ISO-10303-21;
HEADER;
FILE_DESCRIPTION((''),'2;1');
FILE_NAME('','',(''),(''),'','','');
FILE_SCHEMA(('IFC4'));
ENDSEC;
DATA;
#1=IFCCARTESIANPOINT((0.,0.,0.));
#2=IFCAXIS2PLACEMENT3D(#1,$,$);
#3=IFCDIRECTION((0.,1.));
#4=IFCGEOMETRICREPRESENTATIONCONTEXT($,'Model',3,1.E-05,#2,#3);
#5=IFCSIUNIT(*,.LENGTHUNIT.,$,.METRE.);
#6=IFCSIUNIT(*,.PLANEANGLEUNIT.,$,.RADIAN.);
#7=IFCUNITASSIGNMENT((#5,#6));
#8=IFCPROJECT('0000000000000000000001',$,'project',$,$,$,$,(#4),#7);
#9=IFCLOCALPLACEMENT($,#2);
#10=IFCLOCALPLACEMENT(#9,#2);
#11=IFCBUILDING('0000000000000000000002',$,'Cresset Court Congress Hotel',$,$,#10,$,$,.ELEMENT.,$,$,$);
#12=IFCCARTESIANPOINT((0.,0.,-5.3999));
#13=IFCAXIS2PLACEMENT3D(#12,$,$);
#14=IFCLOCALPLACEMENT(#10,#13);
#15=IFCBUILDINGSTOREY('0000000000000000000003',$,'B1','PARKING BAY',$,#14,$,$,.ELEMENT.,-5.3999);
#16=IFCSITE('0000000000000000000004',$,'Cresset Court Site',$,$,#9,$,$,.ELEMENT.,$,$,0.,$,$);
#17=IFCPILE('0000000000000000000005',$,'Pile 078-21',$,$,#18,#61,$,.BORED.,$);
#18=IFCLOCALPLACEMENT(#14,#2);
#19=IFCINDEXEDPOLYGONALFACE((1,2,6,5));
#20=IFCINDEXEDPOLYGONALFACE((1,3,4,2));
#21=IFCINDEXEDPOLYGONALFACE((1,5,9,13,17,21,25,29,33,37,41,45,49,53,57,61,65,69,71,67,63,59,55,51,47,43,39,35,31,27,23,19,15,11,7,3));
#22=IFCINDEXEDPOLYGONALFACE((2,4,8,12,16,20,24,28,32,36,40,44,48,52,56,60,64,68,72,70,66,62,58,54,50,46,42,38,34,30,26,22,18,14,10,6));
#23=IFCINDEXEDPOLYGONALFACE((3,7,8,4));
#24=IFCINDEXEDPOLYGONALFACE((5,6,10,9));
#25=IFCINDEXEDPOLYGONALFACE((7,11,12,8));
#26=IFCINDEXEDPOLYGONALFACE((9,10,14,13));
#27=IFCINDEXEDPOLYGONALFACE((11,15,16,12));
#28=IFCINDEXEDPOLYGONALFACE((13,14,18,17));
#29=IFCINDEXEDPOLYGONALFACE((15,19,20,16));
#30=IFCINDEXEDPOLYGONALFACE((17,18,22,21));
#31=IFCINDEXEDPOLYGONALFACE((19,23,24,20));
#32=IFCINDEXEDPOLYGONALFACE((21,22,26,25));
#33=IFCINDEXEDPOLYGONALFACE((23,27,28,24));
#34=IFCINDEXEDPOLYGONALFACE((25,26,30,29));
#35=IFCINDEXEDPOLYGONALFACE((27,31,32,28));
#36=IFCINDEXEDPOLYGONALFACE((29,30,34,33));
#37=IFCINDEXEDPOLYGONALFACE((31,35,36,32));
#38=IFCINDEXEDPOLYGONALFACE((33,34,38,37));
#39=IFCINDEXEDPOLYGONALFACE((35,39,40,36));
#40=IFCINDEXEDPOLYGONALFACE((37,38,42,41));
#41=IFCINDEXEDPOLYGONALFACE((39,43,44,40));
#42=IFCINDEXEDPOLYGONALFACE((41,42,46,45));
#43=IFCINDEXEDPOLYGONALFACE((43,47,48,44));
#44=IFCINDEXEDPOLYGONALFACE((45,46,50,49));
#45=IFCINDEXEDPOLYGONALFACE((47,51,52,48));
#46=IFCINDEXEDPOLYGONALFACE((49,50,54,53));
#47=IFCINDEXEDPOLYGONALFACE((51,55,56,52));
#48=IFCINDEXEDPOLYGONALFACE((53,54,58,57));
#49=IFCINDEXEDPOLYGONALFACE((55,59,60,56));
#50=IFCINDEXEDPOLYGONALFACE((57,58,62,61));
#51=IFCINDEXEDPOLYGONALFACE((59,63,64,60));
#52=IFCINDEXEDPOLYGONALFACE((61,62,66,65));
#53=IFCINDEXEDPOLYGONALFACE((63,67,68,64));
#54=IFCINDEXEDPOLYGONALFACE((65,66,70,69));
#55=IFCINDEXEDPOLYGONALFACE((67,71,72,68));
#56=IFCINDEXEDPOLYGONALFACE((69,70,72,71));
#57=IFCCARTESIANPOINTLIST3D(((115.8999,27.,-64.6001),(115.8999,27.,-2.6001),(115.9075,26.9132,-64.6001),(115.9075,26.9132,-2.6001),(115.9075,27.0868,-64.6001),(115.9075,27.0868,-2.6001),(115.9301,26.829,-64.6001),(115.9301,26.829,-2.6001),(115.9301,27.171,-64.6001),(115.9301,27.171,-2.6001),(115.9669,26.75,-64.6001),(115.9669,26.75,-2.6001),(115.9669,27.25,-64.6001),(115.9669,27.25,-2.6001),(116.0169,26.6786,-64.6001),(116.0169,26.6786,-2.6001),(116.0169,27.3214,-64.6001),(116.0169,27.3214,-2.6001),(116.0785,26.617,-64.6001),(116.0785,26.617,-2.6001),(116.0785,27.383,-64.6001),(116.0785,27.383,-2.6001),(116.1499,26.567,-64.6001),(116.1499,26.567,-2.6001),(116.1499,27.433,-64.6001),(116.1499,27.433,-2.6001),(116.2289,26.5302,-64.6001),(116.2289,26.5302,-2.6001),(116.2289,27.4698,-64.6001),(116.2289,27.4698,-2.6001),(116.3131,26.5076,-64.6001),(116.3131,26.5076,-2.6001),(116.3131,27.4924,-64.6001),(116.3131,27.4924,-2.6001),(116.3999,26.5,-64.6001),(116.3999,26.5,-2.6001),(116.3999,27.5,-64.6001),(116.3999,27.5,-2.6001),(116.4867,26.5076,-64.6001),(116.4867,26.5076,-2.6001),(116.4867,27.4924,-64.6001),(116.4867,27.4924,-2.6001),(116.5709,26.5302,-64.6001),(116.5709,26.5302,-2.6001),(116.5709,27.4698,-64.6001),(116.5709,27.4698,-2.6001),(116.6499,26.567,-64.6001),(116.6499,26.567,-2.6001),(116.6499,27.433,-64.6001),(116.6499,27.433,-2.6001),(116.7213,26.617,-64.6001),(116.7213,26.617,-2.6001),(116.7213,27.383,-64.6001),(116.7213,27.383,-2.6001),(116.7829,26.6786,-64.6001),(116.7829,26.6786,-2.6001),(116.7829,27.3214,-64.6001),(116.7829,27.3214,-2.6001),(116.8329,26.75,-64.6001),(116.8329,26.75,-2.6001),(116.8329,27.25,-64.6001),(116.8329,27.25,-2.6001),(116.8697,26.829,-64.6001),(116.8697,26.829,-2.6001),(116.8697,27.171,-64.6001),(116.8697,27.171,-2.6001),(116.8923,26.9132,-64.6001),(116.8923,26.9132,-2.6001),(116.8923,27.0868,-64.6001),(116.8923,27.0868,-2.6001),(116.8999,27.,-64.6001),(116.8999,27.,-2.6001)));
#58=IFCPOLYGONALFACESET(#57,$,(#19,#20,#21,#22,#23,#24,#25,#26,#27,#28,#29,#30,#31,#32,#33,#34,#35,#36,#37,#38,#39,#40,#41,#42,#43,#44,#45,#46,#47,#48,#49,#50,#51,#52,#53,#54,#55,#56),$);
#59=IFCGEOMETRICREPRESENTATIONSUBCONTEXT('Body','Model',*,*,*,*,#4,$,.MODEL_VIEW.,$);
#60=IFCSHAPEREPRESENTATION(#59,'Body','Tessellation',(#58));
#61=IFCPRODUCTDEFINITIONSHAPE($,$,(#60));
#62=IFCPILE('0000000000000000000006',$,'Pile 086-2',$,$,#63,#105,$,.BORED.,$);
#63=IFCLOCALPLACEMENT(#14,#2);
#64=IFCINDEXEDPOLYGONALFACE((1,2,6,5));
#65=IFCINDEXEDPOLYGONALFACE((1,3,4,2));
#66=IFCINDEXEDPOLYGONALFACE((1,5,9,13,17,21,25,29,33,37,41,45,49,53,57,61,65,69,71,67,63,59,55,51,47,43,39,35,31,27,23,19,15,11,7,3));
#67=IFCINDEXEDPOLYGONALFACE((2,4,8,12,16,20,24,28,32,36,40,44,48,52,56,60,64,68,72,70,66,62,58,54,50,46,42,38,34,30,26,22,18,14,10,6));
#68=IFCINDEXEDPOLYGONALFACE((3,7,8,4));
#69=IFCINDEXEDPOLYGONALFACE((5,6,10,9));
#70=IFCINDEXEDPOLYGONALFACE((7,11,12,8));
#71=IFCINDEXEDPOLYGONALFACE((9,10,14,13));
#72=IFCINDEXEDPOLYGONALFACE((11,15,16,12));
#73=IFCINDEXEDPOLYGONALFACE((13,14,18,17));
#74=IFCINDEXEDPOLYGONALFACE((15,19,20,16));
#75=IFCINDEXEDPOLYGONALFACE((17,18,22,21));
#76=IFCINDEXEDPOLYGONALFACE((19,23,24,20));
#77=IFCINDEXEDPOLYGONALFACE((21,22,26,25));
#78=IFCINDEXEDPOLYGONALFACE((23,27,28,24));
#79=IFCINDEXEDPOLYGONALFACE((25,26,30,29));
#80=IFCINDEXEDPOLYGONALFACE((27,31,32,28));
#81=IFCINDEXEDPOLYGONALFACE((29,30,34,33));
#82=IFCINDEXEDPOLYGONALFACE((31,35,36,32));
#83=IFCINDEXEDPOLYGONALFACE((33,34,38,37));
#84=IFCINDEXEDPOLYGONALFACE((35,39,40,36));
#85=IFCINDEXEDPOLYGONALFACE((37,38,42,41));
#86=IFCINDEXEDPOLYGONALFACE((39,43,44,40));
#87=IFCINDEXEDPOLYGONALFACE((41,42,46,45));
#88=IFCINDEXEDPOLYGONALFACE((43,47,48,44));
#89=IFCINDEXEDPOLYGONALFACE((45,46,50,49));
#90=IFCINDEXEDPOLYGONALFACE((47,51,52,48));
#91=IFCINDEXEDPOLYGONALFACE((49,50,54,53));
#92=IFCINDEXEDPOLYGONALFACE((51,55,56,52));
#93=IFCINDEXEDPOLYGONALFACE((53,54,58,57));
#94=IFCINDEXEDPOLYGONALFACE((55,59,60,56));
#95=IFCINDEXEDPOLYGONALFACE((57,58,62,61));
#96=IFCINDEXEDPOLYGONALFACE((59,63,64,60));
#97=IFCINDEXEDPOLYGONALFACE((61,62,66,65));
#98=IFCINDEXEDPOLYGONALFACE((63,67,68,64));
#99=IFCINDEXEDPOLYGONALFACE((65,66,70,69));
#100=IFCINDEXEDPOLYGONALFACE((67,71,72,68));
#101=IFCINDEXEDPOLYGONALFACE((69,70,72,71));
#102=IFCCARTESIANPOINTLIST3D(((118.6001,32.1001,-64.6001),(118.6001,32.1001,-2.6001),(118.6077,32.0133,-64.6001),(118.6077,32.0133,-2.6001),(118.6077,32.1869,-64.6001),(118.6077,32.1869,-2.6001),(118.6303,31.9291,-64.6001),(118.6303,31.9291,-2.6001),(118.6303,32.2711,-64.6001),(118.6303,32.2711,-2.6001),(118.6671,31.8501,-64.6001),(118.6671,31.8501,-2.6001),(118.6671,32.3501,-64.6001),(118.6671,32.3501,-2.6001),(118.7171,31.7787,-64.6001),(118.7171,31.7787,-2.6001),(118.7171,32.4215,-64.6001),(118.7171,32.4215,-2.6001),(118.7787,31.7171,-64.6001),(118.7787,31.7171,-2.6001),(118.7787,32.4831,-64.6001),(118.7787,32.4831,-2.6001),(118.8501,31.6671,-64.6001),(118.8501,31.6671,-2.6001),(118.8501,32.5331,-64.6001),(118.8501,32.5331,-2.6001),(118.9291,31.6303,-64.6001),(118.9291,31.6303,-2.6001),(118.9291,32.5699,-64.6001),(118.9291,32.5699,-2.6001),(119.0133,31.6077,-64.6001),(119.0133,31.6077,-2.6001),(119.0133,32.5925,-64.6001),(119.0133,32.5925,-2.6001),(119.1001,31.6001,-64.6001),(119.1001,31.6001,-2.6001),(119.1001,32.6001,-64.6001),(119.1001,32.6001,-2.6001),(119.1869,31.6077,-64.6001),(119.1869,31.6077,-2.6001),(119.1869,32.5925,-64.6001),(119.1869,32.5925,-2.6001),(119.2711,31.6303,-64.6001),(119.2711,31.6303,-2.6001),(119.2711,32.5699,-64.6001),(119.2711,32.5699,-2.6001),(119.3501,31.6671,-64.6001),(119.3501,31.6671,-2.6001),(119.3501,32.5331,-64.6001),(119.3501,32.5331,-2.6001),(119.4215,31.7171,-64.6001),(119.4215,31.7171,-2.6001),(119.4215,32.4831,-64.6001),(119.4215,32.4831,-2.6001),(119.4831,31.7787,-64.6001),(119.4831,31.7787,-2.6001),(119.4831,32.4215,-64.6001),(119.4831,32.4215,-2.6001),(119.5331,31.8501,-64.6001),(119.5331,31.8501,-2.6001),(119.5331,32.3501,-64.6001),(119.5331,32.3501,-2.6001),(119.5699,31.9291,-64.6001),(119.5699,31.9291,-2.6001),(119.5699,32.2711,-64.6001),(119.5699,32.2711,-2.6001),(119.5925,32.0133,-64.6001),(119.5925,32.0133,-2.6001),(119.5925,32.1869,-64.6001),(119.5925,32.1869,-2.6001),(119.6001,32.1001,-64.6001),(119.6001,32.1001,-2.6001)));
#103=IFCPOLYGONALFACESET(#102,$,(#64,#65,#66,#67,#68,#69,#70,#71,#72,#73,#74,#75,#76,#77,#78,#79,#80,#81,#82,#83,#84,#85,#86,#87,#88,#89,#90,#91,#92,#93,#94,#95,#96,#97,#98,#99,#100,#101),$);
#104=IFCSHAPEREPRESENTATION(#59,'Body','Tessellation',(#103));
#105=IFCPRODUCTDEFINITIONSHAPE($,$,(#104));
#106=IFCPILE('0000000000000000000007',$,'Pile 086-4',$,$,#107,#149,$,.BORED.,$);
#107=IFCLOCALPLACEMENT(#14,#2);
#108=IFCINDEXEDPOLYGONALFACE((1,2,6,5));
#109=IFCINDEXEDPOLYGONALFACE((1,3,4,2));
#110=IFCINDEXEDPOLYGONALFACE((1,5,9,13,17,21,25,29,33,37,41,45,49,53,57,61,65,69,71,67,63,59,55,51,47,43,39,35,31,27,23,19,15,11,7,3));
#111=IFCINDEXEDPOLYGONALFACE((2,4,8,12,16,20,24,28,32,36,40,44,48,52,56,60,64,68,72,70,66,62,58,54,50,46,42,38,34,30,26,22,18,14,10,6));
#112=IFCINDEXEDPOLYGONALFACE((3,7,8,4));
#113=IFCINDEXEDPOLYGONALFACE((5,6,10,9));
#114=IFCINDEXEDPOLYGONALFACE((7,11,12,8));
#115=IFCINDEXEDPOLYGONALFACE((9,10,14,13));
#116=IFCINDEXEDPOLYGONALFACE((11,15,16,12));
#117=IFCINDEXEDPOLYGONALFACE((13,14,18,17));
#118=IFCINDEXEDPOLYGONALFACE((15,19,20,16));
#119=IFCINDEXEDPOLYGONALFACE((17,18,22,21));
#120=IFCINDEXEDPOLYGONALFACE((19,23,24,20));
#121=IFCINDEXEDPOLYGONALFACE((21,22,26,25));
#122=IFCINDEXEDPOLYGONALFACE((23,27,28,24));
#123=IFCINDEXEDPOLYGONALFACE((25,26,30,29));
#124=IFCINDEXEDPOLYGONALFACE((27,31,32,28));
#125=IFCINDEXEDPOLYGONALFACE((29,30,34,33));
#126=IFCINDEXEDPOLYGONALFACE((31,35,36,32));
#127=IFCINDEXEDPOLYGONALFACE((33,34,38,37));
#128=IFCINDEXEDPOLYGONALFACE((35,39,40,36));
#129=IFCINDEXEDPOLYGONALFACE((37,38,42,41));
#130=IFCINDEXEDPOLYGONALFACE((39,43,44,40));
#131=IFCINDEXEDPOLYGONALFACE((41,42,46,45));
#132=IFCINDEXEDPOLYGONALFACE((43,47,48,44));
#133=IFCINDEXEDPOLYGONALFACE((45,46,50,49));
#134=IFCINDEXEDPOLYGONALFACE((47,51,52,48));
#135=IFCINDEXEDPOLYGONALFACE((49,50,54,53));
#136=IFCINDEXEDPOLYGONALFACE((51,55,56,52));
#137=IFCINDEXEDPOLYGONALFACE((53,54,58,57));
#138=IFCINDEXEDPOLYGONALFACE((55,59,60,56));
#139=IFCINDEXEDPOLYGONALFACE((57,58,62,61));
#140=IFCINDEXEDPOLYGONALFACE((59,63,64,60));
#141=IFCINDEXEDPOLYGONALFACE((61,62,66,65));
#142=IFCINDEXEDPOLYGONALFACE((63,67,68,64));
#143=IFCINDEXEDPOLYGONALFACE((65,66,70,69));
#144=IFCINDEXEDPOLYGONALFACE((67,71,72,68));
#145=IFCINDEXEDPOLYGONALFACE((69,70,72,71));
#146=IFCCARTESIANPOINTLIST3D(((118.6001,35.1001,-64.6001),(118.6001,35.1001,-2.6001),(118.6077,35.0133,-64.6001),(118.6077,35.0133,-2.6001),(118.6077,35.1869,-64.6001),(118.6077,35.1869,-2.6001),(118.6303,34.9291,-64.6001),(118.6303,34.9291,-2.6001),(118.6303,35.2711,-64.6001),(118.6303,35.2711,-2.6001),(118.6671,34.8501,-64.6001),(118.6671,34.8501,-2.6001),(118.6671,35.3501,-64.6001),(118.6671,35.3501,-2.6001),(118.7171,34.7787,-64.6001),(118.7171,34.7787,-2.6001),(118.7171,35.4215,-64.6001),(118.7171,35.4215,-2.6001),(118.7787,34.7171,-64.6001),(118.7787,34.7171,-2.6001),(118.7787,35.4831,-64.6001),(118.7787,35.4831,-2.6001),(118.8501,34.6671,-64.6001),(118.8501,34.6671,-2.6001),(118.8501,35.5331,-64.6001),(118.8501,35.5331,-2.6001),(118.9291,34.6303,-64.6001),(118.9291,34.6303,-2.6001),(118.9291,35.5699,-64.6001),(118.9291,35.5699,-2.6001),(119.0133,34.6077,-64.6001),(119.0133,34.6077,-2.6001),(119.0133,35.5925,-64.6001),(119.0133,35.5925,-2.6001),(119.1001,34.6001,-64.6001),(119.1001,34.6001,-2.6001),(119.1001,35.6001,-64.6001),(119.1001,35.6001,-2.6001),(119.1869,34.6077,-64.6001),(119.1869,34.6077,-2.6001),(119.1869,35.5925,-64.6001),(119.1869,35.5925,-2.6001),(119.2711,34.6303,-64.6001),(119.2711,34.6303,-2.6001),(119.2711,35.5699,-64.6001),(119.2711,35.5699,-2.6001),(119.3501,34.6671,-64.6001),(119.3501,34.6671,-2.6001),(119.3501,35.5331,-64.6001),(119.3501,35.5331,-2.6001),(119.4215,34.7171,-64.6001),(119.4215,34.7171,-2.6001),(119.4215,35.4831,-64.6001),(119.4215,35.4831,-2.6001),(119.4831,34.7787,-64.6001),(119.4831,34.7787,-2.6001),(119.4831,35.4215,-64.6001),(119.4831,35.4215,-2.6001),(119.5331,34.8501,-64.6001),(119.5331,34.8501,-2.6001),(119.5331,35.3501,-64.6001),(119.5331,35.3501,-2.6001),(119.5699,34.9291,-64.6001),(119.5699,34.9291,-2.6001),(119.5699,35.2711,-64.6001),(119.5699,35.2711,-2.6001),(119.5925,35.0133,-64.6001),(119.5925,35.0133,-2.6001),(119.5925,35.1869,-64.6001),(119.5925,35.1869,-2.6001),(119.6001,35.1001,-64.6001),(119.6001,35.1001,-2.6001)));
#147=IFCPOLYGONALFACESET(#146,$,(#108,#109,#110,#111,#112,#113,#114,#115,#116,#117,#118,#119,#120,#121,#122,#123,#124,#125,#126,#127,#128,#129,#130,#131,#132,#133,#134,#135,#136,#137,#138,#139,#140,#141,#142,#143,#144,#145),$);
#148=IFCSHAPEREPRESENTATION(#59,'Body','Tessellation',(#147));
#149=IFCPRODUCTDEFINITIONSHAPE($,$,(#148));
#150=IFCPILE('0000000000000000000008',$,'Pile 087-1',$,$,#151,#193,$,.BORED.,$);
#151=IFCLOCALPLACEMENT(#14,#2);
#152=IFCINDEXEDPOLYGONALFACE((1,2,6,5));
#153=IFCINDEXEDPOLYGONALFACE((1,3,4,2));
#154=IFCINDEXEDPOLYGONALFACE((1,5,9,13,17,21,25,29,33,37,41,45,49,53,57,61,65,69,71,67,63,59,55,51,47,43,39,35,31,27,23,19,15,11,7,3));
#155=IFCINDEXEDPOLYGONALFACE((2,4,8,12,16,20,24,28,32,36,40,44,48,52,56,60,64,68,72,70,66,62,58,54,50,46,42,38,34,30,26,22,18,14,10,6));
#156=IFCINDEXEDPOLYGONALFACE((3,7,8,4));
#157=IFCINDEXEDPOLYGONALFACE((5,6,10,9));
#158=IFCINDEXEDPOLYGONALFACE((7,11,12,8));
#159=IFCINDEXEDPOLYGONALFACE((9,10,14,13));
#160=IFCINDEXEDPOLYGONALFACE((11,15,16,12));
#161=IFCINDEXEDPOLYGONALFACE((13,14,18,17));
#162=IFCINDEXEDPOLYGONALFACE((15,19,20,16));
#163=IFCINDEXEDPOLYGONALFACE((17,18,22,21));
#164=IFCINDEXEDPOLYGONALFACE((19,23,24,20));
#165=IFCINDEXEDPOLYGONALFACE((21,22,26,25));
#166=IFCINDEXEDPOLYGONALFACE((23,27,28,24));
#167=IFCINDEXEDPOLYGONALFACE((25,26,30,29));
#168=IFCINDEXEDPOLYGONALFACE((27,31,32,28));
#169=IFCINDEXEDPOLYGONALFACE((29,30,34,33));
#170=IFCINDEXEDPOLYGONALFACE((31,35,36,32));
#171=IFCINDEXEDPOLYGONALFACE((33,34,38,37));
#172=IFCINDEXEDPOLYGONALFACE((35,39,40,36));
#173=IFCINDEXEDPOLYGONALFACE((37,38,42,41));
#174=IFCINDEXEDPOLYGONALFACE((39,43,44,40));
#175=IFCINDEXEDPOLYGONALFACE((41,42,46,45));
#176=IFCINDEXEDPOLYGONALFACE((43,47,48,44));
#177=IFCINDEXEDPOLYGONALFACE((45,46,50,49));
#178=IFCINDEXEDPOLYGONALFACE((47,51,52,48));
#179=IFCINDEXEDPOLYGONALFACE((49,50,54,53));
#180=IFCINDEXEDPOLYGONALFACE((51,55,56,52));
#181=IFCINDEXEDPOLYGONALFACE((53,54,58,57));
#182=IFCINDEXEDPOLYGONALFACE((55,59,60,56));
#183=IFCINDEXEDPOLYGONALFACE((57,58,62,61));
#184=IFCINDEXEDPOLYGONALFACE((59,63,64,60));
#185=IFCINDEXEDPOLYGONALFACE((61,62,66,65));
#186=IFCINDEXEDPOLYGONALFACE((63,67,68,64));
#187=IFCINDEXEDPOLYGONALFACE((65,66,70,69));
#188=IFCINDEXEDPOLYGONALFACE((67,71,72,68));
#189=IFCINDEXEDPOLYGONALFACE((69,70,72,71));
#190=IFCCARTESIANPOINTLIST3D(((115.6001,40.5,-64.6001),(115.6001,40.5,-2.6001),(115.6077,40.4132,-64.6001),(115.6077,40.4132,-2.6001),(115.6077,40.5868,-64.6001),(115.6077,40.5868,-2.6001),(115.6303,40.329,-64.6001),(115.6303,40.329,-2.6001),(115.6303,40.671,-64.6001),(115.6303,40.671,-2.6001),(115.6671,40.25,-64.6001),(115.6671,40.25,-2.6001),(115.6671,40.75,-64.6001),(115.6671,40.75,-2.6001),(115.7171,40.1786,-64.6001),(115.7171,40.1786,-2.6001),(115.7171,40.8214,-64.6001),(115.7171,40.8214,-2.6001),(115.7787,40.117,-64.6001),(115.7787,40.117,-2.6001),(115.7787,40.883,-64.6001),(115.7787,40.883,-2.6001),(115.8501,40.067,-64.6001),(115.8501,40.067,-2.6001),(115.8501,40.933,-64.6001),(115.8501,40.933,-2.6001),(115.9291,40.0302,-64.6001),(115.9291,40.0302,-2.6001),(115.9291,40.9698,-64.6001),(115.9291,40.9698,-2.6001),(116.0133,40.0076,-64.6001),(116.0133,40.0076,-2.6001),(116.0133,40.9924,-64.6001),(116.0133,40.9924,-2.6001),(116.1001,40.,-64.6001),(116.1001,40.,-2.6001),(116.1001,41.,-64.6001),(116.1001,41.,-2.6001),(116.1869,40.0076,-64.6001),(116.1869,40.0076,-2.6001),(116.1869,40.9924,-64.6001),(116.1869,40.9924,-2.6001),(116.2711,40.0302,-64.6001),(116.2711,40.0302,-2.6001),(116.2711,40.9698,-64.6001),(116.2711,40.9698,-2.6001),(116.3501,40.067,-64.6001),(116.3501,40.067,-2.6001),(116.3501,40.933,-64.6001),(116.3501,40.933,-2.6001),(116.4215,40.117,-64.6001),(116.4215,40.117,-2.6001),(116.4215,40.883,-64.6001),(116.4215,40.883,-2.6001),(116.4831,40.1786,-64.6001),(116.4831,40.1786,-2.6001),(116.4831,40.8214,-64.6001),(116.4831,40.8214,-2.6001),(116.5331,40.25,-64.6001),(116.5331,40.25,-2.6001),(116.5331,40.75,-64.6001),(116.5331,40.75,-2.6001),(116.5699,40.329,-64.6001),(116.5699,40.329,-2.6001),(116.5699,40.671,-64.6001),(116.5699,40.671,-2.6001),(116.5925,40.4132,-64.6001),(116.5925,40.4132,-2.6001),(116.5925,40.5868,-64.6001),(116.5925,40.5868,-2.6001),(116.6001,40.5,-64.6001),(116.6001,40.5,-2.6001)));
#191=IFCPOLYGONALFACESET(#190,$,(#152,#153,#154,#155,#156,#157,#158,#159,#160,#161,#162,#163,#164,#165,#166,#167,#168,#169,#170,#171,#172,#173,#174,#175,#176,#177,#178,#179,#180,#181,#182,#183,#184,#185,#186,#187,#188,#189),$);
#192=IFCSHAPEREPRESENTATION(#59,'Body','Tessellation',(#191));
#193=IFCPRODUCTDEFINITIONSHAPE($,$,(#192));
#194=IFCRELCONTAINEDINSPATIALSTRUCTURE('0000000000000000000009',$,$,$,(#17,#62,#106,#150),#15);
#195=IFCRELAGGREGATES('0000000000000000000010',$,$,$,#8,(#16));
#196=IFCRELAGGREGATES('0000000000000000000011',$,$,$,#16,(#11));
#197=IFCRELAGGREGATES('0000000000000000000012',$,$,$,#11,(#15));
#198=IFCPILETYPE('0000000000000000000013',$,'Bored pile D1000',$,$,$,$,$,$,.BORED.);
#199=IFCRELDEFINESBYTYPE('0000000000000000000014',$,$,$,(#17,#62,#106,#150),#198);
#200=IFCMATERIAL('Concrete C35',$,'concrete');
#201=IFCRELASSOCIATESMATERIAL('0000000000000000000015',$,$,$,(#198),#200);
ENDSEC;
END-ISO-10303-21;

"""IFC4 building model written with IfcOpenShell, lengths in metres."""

from ifc_helpers import new_model, si_unit, direction, frame, origin, origin_2d, place, context, subcontext, project, spatial, circle, extrude, material, type_object, element, save


model = new_model("IFC4")

# Units and contexts
model_context = context("Model", 3, precision=1e-05, world=origin(), true_north=direction((0.0, 1.0)))
body_context = subcontext(model_context, "Body", "Model", "MODEL_VIEW")
ifc_project = project(units=[si_unit("LENGTHUNIT", "METRE"), si_unit("PLANEANGLEUNIT", "RADIAN")], contexts=[model_context])

# Site, building, storey
site_placement = place(None, origin())
site = spatial("IfcSite", under=ifc_project, at=site_placement, Name="Cresset Court Site", CompositionType="ELEMENT", RefElevation=0.0)
building_placement = place(site_placement, origin())
building = spatial("IfcBuilding", under=site, at=building_placement, Name="Cresset Court Congress Hotel", CompositionType="ELEMENT")
storey_placement = place(building_placement, frame((0.0, 0.0, -5.3999)))
storey = spatial("IfcBuildingStorey", under=building, at=storey_placement, Name="B1", Description="PARKING BAY", CompositionType="ELEMENT", Elevation=-5.3999)

# Piles
ifc_material_1 = material(Name="Concrete C35", Category="concrete")
pile_type = type_object("IfcPileType", Name="Bored pile D1000", PredefinedType="BORED", material=ifc_material_1)
for number, where, z_axis, x_axis, name in (
    (1, (116.3999, 27.0, -2.6001), (0.0, 0.0, -1.0), (1.0, 0.0, 0.0), "Pile 078-21"),
    (2, (119.1001, 32.1001, -2.6001), (0.0, 0.0, -1.0), (1.0, 0.0, 0.0), "Pile 086-2"),
    (3, (119.1001, 35.1001, -2.6001), (0.0, 0.0, -1.0), (1.0, 0.0, 0.0), "Pile 086-4"),
    (4, (116.1001, 40.5, -2.6001), (0.0, 0.0, -1.0), (1.0, 0.0, 0.0), "Pile 087-1"),
):
    element("IfcPile", number, at=place(storey_placement, frame(where, z_axis=z_axis, x_axis=x_axis)), inside=storey, type_object=pile_type, Name=name, PredefinedType="BORED", context=body_context, shape_type="SweptSolid", body=[
        extrude(circle(Radius=0.5, at=origin_2d()), origin(), (0.0, 0.0, 1.0), 62.0),
    ])

save(model, "model.ifc")
